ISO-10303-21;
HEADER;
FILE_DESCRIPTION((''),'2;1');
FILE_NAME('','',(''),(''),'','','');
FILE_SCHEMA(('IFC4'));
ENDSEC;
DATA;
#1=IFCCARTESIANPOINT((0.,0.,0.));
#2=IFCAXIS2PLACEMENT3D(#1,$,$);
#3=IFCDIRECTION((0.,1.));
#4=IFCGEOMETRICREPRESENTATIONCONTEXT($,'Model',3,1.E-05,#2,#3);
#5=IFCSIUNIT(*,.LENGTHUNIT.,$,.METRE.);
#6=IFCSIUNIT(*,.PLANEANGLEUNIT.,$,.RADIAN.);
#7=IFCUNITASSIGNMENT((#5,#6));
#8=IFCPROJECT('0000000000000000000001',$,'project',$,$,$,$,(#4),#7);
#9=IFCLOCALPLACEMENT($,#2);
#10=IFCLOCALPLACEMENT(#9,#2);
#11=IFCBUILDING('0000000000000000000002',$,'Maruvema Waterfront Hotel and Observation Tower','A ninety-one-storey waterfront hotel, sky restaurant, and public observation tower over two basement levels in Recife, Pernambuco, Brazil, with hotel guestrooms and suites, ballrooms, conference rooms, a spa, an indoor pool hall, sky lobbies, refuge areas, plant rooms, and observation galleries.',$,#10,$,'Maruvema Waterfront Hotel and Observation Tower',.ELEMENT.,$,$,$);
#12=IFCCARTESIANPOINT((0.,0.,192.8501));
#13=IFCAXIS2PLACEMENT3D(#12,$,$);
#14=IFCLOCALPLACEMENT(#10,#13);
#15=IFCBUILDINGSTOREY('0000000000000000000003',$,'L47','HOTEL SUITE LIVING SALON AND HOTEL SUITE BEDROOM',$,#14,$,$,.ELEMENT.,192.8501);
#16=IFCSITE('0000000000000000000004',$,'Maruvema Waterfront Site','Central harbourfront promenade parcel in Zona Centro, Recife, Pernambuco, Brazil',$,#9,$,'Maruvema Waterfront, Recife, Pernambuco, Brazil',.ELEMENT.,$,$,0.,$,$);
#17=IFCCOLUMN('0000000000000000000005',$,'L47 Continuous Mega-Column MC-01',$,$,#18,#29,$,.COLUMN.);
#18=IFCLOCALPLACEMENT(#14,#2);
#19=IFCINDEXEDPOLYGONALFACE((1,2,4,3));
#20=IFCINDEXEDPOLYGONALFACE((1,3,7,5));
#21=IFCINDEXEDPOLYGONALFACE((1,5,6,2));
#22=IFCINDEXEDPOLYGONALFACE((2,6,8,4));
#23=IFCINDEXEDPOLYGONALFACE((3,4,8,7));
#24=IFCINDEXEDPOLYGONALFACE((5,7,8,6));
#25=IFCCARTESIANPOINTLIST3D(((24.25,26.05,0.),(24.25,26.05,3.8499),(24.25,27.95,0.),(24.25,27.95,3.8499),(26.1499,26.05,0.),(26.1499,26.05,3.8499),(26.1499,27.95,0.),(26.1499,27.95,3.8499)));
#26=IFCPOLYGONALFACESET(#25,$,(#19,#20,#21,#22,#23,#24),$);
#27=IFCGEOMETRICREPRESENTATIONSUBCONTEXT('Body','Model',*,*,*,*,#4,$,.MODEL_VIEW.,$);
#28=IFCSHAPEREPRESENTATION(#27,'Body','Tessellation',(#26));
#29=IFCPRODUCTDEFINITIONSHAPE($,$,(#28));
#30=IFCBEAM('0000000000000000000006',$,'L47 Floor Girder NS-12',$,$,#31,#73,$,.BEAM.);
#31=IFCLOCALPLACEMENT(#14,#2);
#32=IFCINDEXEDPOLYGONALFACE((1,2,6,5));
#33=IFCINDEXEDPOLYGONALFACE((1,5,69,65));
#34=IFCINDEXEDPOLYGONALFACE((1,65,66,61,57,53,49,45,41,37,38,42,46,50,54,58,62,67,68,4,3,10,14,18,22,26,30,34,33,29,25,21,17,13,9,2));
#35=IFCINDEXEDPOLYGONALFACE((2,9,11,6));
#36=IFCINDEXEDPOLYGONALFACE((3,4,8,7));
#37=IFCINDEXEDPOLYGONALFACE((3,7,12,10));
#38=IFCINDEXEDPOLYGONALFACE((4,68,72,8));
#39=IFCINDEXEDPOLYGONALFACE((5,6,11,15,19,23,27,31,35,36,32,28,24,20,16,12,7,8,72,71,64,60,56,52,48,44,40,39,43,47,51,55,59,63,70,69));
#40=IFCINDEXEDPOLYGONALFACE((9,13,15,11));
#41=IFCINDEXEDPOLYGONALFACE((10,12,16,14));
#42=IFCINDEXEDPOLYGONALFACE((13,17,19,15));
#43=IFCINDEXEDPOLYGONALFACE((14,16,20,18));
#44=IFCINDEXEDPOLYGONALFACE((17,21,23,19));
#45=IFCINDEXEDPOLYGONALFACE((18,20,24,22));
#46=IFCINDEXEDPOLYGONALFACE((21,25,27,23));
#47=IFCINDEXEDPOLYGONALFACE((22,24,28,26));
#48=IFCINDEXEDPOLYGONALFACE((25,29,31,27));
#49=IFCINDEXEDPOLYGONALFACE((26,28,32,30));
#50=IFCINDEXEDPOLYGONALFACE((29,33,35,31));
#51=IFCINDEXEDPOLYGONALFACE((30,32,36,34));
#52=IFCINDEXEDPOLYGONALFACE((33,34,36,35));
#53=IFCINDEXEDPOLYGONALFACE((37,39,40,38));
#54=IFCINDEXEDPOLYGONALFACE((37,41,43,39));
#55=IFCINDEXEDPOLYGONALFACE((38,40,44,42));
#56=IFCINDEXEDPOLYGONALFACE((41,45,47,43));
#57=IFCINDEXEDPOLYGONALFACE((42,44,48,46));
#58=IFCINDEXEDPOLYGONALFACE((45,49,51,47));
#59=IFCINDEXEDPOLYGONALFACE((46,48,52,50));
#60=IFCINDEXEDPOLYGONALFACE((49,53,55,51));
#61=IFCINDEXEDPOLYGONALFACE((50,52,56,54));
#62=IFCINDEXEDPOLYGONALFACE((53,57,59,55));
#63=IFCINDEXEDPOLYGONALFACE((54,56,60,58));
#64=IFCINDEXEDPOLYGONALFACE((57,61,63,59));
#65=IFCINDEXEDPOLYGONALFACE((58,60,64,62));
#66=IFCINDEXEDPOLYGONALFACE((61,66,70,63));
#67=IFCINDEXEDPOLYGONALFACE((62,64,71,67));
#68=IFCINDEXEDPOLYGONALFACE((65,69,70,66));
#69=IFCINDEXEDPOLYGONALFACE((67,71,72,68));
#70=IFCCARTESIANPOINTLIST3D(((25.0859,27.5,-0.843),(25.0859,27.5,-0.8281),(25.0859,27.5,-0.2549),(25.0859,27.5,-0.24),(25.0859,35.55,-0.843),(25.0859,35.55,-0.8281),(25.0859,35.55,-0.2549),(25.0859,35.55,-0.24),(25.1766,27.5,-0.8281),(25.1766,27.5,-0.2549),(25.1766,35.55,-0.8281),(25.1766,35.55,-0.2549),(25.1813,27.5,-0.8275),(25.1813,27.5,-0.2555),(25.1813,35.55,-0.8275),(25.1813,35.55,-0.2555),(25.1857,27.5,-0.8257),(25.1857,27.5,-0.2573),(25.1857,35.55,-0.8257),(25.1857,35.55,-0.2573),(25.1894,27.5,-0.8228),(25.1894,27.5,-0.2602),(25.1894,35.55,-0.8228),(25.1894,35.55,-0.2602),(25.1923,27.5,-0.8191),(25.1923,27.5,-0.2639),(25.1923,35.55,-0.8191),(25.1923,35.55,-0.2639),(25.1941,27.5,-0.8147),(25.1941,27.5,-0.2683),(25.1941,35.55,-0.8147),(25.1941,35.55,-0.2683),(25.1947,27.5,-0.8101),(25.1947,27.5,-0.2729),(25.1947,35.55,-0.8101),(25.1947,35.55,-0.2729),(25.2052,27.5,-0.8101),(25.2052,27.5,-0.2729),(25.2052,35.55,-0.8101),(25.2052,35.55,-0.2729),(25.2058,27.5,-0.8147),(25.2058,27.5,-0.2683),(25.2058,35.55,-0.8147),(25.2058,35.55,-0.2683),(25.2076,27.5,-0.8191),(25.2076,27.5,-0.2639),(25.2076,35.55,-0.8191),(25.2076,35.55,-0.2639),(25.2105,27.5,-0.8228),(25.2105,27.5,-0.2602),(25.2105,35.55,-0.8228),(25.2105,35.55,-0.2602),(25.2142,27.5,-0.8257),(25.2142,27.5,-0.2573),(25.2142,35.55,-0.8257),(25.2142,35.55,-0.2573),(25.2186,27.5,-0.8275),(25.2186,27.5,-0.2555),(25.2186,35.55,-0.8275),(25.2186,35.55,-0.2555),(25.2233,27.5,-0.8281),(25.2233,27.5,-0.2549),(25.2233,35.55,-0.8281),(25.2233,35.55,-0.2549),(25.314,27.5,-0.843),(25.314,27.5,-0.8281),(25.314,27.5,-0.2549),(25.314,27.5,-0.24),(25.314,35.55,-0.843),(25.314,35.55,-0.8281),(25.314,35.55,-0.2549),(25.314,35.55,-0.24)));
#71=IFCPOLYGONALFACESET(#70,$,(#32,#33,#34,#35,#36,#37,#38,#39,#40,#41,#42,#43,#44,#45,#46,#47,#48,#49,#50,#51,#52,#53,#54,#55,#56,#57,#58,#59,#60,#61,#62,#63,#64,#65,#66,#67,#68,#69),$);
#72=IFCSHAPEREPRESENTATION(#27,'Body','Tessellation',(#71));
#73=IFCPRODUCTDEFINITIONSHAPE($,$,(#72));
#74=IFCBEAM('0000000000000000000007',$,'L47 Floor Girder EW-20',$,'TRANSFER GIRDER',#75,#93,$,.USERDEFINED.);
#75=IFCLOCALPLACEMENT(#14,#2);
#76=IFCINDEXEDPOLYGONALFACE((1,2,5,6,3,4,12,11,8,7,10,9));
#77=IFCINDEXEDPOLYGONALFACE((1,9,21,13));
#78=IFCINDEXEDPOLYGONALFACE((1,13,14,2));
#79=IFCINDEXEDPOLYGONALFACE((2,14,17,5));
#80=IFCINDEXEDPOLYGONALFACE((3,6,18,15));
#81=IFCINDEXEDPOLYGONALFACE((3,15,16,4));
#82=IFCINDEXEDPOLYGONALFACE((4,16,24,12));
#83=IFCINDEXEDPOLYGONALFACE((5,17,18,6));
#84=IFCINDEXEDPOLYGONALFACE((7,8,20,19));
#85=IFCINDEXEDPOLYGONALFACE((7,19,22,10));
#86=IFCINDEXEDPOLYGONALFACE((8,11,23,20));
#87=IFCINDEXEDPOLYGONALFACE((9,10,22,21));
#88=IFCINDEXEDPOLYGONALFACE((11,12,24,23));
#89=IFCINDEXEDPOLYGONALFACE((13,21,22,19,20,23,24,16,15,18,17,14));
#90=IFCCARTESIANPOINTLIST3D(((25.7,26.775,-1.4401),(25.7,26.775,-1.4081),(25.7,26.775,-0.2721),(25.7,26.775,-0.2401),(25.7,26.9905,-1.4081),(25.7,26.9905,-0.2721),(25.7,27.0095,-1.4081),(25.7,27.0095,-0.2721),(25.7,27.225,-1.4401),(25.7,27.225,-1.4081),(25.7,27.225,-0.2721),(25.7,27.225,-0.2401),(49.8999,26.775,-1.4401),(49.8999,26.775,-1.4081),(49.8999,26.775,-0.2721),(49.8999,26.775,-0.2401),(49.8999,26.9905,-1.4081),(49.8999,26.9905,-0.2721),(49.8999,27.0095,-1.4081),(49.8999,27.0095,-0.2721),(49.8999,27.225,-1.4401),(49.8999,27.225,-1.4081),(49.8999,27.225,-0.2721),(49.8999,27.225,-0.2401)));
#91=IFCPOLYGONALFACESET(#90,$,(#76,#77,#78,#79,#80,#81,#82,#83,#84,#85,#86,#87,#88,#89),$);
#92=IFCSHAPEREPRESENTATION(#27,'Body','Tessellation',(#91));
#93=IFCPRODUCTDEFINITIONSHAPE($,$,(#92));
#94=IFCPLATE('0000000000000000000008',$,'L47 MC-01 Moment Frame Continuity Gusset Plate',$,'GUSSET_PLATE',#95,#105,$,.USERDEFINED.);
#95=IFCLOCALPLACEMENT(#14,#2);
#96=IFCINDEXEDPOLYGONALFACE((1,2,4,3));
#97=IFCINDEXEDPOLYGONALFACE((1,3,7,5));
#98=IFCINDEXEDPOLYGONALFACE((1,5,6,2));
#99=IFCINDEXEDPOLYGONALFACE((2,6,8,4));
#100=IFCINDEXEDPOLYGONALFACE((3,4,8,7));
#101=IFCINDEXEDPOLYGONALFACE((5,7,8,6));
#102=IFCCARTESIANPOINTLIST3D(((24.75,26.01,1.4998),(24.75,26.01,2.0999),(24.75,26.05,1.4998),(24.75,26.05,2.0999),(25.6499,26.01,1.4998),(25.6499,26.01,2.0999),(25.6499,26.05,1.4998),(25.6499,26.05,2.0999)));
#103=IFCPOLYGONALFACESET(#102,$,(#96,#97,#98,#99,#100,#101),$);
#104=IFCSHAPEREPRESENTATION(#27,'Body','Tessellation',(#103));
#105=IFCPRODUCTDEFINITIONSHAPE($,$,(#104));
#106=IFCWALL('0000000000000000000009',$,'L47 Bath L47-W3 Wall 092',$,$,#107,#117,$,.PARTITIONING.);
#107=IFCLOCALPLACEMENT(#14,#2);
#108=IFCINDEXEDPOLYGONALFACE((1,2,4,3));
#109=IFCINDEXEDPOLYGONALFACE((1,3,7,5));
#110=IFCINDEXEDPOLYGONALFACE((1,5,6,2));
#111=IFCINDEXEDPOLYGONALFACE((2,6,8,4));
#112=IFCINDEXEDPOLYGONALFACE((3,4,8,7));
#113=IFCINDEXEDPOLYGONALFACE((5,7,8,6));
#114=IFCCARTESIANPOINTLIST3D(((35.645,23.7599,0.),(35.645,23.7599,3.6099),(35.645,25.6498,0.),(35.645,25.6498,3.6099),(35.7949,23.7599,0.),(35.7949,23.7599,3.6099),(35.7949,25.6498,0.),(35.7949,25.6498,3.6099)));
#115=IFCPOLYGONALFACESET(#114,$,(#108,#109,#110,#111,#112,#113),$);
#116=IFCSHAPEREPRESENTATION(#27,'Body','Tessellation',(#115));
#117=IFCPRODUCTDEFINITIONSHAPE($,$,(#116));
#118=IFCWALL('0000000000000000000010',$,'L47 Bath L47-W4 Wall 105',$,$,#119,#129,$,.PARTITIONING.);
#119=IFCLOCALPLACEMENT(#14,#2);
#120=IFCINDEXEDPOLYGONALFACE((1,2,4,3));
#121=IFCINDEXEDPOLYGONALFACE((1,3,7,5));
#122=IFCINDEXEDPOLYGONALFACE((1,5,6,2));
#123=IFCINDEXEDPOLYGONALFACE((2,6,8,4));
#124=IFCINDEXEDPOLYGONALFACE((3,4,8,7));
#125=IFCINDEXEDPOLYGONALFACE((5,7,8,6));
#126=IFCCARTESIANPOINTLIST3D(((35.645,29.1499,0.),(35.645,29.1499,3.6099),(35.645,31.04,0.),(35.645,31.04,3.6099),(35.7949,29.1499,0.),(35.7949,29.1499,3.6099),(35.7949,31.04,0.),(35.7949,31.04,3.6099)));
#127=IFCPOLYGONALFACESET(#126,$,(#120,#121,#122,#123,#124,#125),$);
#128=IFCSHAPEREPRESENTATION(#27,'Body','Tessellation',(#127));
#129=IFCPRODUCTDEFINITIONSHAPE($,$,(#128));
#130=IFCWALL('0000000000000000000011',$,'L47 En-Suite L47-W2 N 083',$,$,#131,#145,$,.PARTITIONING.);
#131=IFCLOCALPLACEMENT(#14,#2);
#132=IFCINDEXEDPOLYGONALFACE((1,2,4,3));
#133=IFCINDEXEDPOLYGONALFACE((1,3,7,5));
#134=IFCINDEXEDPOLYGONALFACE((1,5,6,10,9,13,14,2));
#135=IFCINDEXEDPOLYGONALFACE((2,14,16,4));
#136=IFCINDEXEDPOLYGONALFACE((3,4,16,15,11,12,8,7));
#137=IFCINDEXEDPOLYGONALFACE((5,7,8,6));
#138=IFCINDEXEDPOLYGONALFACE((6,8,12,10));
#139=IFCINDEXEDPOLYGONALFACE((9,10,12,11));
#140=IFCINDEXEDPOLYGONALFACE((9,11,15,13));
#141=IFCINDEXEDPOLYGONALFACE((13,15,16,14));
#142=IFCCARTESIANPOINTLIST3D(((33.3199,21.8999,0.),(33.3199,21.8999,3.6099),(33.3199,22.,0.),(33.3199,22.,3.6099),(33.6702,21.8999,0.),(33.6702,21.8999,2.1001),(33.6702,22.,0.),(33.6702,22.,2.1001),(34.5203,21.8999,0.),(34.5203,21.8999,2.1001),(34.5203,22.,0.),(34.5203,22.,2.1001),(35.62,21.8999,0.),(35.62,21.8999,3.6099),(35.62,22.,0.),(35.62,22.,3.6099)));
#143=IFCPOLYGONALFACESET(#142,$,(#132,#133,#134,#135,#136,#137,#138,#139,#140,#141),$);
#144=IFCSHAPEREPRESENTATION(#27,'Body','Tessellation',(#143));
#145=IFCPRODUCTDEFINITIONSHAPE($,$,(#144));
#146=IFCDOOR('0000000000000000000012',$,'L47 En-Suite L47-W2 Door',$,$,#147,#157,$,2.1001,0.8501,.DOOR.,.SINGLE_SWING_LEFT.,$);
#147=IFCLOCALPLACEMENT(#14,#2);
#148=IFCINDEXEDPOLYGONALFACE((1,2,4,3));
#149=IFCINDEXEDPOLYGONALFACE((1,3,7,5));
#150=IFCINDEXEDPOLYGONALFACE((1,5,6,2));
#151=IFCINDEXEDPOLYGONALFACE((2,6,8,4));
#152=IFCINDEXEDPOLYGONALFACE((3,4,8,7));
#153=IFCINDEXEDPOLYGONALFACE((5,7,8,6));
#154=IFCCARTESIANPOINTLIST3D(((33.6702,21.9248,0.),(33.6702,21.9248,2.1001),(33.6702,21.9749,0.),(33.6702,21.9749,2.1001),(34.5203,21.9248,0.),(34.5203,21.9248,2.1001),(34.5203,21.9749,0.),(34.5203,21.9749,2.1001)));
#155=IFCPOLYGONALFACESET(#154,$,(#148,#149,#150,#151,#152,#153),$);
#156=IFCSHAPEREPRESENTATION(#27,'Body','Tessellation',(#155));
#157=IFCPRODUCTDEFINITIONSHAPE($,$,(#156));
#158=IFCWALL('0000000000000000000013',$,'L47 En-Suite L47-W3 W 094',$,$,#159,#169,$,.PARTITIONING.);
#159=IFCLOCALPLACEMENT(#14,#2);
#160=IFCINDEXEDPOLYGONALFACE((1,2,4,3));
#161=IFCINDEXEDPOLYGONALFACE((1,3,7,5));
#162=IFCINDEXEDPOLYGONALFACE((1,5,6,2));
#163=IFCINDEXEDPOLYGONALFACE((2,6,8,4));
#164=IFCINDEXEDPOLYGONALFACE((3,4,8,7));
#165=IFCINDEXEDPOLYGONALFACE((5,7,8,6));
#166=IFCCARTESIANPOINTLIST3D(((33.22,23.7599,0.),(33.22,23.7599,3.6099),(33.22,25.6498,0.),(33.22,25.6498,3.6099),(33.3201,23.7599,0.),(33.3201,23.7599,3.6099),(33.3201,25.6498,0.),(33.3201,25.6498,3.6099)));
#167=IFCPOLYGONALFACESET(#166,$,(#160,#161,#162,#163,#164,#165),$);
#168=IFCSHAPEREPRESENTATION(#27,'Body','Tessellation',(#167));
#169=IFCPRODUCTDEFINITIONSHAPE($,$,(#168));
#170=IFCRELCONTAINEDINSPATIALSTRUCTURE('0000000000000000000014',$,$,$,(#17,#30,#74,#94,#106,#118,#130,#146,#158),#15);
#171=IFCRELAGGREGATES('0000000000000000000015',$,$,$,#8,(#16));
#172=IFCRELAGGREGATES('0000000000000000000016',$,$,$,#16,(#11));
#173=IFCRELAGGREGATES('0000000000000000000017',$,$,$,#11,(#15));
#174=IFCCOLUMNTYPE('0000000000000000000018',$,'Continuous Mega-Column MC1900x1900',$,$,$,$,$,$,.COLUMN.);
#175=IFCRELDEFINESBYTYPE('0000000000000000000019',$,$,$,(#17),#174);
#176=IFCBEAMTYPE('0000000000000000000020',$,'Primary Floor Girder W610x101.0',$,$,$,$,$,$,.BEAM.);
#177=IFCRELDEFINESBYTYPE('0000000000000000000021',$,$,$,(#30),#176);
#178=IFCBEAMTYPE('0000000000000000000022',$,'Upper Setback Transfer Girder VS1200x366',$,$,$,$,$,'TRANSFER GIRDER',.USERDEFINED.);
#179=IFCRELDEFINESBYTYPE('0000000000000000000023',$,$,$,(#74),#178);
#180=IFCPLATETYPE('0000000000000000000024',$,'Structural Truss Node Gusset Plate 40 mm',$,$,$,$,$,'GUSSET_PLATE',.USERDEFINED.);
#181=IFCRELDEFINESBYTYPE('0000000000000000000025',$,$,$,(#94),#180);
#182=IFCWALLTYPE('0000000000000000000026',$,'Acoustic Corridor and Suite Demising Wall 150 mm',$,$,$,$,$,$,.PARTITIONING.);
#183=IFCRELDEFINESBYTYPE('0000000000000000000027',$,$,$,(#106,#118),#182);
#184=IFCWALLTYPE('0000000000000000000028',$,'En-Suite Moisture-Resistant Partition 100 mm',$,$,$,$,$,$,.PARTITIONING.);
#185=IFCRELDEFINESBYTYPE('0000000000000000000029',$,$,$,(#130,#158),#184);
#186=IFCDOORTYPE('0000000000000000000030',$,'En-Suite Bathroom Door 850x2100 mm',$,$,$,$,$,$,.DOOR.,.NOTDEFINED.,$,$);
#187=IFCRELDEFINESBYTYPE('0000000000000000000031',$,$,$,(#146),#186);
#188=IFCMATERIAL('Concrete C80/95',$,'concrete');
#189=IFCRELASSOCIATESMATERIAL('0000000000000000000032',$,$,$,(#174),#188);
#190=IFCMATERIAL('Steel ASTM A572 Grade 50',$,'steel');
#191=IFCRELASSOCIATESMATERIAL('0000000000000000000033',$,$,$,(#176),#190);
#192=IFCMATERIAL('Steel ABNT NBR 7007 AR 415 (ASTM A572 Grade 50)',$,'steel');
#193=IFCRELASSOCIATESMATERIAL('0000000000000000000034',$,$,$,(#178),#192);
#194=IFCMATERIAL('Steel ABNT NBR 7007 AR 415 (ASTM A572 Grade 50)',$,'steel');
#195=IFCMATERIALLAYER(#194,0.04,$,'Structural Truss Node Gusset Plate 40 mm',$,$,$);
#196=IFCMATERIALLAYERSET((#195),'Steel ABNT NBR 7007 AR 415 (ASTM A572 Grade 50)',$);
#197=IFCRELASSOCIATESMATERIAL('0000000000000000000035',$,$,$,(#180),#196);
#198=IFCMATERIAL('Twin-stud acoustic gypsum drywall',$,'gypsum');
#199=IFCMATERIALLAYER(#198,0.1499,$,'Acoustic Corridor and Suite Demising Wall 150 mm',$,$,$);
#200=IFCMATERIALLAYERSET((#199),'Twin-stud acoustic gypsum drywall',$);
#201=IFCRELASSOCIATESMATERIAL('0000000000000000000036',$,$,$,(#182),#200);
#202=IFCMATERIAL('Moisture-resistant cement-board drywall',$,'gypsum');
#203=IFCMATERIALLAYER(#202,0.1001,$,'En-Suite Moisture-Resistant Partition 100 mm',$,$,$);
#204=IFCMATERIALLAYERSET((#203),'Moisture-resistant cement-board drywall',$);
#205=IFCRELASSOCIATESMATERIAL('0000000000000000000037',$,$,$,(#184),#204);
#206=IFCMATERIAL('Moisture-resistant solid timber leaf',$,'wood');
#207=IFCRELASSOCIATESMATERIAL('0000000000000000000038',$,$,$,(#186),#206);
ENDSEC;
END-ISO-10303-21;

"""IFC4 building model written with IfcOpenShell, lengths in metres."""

from ifc_helpers import new_model, si_unit, direction, frame, frame_2d, origin, origin_2d, place, context, subcontext, project, spatial, rectangle, i_section, extrude, material, layer, layer_set, material_profile, profile_set, type_object, element, fill, save


model = new_model("IFC4")

# Units and contexts
model_context = context("Model", 3, precision=1e-05, world=origin(), true_north=direction((0.0, 1.0)))
body_context = subcontext(model_context, "Body", "Model", "MODEL_VIEW")
ifc_project = project(units=[si_unit("LENGTHUNIT", "METRE"), si_unit("PLANEANGLEUNIT", "RADIAN")], contexts=[model_context])

# Site, building, storey
site_placement = place(None, origin())
site = spatial("IfcSite", under=ifc_project, at=site_placement, Name="Maruvema Waterfront Site", Description="Central harbourfront promenade parcel in Zona Centro, Recife, Pernambuco, Brazil", LongName="Maruvema Waterfront, Recife, Pernambuco, Brazil", CompositionType="ELEMENT", RefElevation=0.0)
building_placement = place(site_placement, origin())
building = spatial("IfcBuilding", under=site, at=building_placement, Name="Maruvema Waterfront Hotel and Observation Tower", Description="A ninety-one-storey waterfront hotel, sky restaurant, and public observation tower over two basement levels in Recife, Pernambuco, Brazil, with hotel guestrooms and suites, ballrooms, conference rooms, a spa, an indoor pool hall, sky lobbies, refuge areas, plant rooms, and observation galleries.", LongName="Maruvema Waterfront Hotel and Observation Tower", CompositionType="ELEMENT")
storey_placement = place(building_placement, frame((0.0, 0.0, 192.8501)))
storey = spatial("IfcBuildingStorey", under=building, at=storey_placement, Name="L47", Description="HOTEL SUITE LIVING SALON AND HOTEL SUITE BEDROOM", CompositionType="ELEMENT", Elevation=192.8501)

# Column
ifc_material_1 = material(Name="Concrete C80/95", Category="concrete")
ifc_material_profile_1 = material_profile(ifc_material_1, rectangle(XDim=1.8999, YDim=1.8999, at=origin_2d()), Name="MC1900x1900")
ifc_profile_set_1 = profile_set([ifc_material_profile_1], Name="Concrete C80/95")
column_type = type_object("IfcColumnType", Name="Continuous Mega-Column MC1900x1900", PredefinedType="COLUMN", material=ifc_profile_set_1)
column_placement = place(storey_placement, frame((25.2, 27.0, 0.0), z_axis=(0.0, 0.0, 1.0), x_axis=(1.0, 0.0, 0.0)))
element("IfcColumn", 1, at=column_placement, inside=storey, type_object=column_type, Name="L47 Continuous Mega-Column MC-01", PredefinedType="COLUMN", context=body_context, shape_type="SweptSolid", body=[
    extrude(rectangle(XDim=1.8999, YDim=1.8999, at=origin_2d()), origin(), (0.0, 0.0, 1.0), 3.8499),
])

# Beams
ifc_material_2 = material(Name="Steel ASTM A572 Grade 50", Category="steel")
ifc_material_profile_2 = material_profile(ifc_material_2, i_section(OverallWidth=0.228, OverallDepth=0.603, WebThickness=0.0105, FlangeThickness=0.0149, FilletRadius=0.0181, at=origin_2d()), Name="W610x101.0")
ifc_profile_set_2 = profile_set([ifc_material_profile_2], Name="Steel ASTM A572 Grade 50")
beam_type_1 = type_object("IfcBeamType", Name="Primary Floor Girder W610x101.0", PredefinedType="BEAM", material=ifc_profile_set_2)
beam_1_placement = place(storey_placement, frame((25.2, 27.5, -0.5415), z_axis=(0.0, 1.0, 0.0), x_axis=(-1.0, 0.0, 0.0)))
element("IfcBeam", 2, at=beam_1_placement, inside=storey, type_object=beam_type_1, Name="L47 Floor Girder NS-12", PredefinedType="BEAM", context=body_context, shape_type="SweptSolid", body=[
    extrude(i_section(OverallWidth=0.228, OverallDepth=0.603, WebThickness=0.0105, FlangeThickness=0.0149, FilletRadius=0.0181, at=origin_2d()), origin(), (0.0, 0.0, 1.0), 8.05),
])
ifc_material_3 = material(Name="Steel ABNT NBR 7007 AR 415 (ASTM A572 Grade 50)", Category="steel")
ifc_material_profile_3 = material_profile(ifc_material_3, i_section(OverallWidth=0.45, OverallDepth=1.2, WebThickness=0.019, FlangeThickness=0.032, at=origin_2d()), Name="VS1200x366")
ifc_profile_set_3 = profile_set([ifc_material_profile_3], Name="Steel ABNT NBR 7007 AR 415 (ASTM A572 Grade 50)")
beam_type_2 = type_object("IfcBeamType", Name="Upper Setback Transfer Girder VS1200x366", ElementType="TRANSFER GIRDER", PredefinedType="USERDEFINED", material=ifc_profile_set_3)
beam_2_placement = place(storey_placement, frame((25.7, 27.0, -0.8401), z_axis=(1.0, 0.0, 0.0), x_axis=(0.0, 1.0, 0.0)))
element("IfcBeam", 3, at=beam_2_placement, inside=storey, type_object=beam_type_2, Name="L47 Floor Girder EW-20", ObjectType="TRANSFER GIRDER", PredefinedType="USERDEFINED", context=body_context, shape_type="SweptSolid", body=[
    extrude(i_section(OverallWidth=0.45, OverallDepth=1.2, WebThickness=0.019, FlangeThickness=0.032, at=origin_2d()), origin(), (0.0, 0.0, 1.0), 24.2),
])

# Plate
ifc_material_4 = material(Name="Steel ABNT NBR 7007 AR 415 (ASTM A572 Grade 50)", Category="steel")
ifc_layer_1 = layer(ifc_material_4, 0.04, Name="Structural Truss Node Gusset Plate 40 mm")
ifc_layer_set_1 = layer_set([ifc_layer_1], Name="Steel ABNT NBR 7007 AR 415 (ASTM A572 Grade 50)")
plate_type = type_object("IfcPlateType", Name="Structural Truss Node Gusset Plate 40 mm", ElementType="GUSSET_PLATE", PredefinedType="USERDEFINED", material=ifc_layer_set_1)
plate_placement = place(storey_placement, frame((25.2, 26.03, 1.4998), z_axis=(0.0, 0.0, 1.0), x_axis=(1.0, 0.0, 0.0)))
element("IfcPlate", 4, at=plate_placement, inside=storey, type_object=plate_type, Name="L47 MC-01 Moment Frame Continuity Gusset Plate", ObjectType="GUSSET_PLATE", PredefinedType="USERDEFINED", context=body_context, shape_type="SweptSolid", body=[
    extrude(rectangle(XDim=0.8999, YDim=0.04, at=origin_2d()), origin(), (0.0, 0.0, 1.0), 0.6001),
])

# Shared definitions
ifc_material_5 = material(Name="Twin-stud acoustic gypsum drywall", Category="gypsum")
ifc_layer_2 = layer(ifc_material_5, 0.1499, Name="Acoustic Corridor and Suite Demising Wall 150 mm")
ifc_layer_set_2 = layer_set([ifc_layer_2], Name="Twin-stud acoustic gypsum drywall")
wall_type_1 = type_object("IfcWallType", Name="Acoustic Corridor and Suite Demising Wall 150 mm", PredefinedType="PARTITIONING", material=ifc_layer_set_2)

# Wall
wall_1_placement = place(storey_placement, frame((35.72, 23.76, 0.0), z_axis=(0.0, 0.0, 1.0), x_axis=(0.0, 1.0, 0.0)))
element("IfcWall", 5, at=wall_1_placement, inside=storey, type_object=wall_type_1, Name="L47 Bath L47-W3 Wall 092", PredefinedType="PARTITIONING", context=body_context, shape_type="SweptSolid", body=[
    extrude(rectangle(XDim=1.8899, YDim=0.1499, at=frame_2d((0.9448, 0.0))), origin(), (0.0, 0.0, 1.0), 3.6099),
])

# Wall
wall_2_placement = place(storey_placement, frame((35.72, 29.1499, 0.0), z_axis=(0.0, 0.0, 1.0), x_axis=(0.0, 1.0, 0.0)))
element("IfcWall", 6, at=wall_2_placement, inside=storey, type_object=wall_type_1, Name="L47 Bath L47-W4 Wall 105", PredefinedType="PARTITIONING", context=body_context, shape_type="SweptSolid", body=[
    extrude(rectangle(XDim=1.8901, YDim=0.1499, at=frame_2d((0.9451, 0.0))), origin(), (0.0, 0.0, 1.0), 3.6099),
])

# Wall, opening, door
ifc_material_6 = material(Name="Moisture-resistant cement-board drywall", Category="gypsum")
ifc_layer_3 = layer(ifc_material_6, 0.1001, Name="En-Suite Moisture-Resistant Partition 100 mm")
ifc_layer_set_3 = layer_set([ifc_layer_3], Name="Moisture-resistant cement-board drywall")
wall_type_2 = type_object("IfcWallType", Name="En-Suite Moisture-Resistant Partition 100 mm", PredefinedType="PARTITIONING", material=ifc_layer_set_3)
wall_3_placement = place(storey_placement, frame((33.3201, 21.95, 0.0), z_axis=(0.0, 0.0, 1.0), x_axis=(1.0, 0.0, 0.0)))
wall_3 = element("IfcWall", 7, at=wall_3_placement, inside=storey, type_object=wall_type_2, Name="L47 En-Suite L47-W2 N 083", PredefinedType="PARTITIONING", context=body_context, shape_type="SweptSolid", body=[
    extrude(rectangle(XDim=2.3, YDim=0.1001, at=frame_2d((1.1499, 0.0))), origin(), (0.0, 0.0, 1.0), 3.6099),
])
opening_1_placement = place(wall_3_placement, frame((0.3501, 0.0, 0.0)))
opening_1 = element("IfcOpeningElement", 8, at=opening_1_placement, cuts=wall_3, PredefinedType="OPENING", context=body_context, shape_type="SweptSolid", body=[
    extrude(rectangle(XDim=0.8501, YDim=2.1001, at=frame_2d((0.425, 1.05))), frame((0.0, 0.0601, 0.0), z_axis=(0.0, -1.0, 0.0), x_axis=(1.0, 0.0, 0.0)), (0.0, 0.0, 1.0), 0.1201),
])
ifc_material_7 = material(Name="Moisture-resistant solid timber leaf", Category="wood")
door_type_1 = type_object("IfcDoorType", Name="En-Suite Bathroom Door 850x2100 mm", OperationType="NOTDEFINED", PredefinedType="DOOR", material=ifc_material_7)
door_1_placement = place(opening_1_placement, origin())
door_1 = element("IfcDoor", 9, at=door_1_placement, inside=storey, type_object=door_type_1, Name="L47 En-Suite L47-W2 Door", OperationType="SINGLE_SWING_LEFT", OverallHeight=2.1001, OverallWidth=0.8501, PredefinedType="DOOR", context=body_context, shape_type="SweptSolid", body=[
    extrude(rectangle(XDim=0.8501, YDim=2.1001, at=frame_2d((0.425, 1.05))), frame((0.0, 0.0249, 0.0), z_axis=(0.0, -1.0, 0.0), x_axis=(1.0, 0.0, 0.0)), (0.0, 0.0, 1.0), 0.05),
])
fill(opening_1, door_1)

# Wall
wall_4_placement = place(storey_placement, frame((33.27, 23.76, 0.0), z_axis=(0.0, 0.0, 1.0), x_axis=(0.0, 1.0, 0.0)))
element("IfcWall", 10, at=wall_4_placement, inside=storey, type_object=wall_type_2, Name="L47 En-Suite L47-W3 W 094", PredefinedType="PARTITIONING", context=body_context, shape_type="SweptSolid", body=[
    extrude(rectangle(XDim=1.8899, YDim=0.1001, at=frame_2d((0.9448, 0.0))), origin(), (0.0, 0.0, 1.0), 3.6099),
])

save(model, "model.ifc")
